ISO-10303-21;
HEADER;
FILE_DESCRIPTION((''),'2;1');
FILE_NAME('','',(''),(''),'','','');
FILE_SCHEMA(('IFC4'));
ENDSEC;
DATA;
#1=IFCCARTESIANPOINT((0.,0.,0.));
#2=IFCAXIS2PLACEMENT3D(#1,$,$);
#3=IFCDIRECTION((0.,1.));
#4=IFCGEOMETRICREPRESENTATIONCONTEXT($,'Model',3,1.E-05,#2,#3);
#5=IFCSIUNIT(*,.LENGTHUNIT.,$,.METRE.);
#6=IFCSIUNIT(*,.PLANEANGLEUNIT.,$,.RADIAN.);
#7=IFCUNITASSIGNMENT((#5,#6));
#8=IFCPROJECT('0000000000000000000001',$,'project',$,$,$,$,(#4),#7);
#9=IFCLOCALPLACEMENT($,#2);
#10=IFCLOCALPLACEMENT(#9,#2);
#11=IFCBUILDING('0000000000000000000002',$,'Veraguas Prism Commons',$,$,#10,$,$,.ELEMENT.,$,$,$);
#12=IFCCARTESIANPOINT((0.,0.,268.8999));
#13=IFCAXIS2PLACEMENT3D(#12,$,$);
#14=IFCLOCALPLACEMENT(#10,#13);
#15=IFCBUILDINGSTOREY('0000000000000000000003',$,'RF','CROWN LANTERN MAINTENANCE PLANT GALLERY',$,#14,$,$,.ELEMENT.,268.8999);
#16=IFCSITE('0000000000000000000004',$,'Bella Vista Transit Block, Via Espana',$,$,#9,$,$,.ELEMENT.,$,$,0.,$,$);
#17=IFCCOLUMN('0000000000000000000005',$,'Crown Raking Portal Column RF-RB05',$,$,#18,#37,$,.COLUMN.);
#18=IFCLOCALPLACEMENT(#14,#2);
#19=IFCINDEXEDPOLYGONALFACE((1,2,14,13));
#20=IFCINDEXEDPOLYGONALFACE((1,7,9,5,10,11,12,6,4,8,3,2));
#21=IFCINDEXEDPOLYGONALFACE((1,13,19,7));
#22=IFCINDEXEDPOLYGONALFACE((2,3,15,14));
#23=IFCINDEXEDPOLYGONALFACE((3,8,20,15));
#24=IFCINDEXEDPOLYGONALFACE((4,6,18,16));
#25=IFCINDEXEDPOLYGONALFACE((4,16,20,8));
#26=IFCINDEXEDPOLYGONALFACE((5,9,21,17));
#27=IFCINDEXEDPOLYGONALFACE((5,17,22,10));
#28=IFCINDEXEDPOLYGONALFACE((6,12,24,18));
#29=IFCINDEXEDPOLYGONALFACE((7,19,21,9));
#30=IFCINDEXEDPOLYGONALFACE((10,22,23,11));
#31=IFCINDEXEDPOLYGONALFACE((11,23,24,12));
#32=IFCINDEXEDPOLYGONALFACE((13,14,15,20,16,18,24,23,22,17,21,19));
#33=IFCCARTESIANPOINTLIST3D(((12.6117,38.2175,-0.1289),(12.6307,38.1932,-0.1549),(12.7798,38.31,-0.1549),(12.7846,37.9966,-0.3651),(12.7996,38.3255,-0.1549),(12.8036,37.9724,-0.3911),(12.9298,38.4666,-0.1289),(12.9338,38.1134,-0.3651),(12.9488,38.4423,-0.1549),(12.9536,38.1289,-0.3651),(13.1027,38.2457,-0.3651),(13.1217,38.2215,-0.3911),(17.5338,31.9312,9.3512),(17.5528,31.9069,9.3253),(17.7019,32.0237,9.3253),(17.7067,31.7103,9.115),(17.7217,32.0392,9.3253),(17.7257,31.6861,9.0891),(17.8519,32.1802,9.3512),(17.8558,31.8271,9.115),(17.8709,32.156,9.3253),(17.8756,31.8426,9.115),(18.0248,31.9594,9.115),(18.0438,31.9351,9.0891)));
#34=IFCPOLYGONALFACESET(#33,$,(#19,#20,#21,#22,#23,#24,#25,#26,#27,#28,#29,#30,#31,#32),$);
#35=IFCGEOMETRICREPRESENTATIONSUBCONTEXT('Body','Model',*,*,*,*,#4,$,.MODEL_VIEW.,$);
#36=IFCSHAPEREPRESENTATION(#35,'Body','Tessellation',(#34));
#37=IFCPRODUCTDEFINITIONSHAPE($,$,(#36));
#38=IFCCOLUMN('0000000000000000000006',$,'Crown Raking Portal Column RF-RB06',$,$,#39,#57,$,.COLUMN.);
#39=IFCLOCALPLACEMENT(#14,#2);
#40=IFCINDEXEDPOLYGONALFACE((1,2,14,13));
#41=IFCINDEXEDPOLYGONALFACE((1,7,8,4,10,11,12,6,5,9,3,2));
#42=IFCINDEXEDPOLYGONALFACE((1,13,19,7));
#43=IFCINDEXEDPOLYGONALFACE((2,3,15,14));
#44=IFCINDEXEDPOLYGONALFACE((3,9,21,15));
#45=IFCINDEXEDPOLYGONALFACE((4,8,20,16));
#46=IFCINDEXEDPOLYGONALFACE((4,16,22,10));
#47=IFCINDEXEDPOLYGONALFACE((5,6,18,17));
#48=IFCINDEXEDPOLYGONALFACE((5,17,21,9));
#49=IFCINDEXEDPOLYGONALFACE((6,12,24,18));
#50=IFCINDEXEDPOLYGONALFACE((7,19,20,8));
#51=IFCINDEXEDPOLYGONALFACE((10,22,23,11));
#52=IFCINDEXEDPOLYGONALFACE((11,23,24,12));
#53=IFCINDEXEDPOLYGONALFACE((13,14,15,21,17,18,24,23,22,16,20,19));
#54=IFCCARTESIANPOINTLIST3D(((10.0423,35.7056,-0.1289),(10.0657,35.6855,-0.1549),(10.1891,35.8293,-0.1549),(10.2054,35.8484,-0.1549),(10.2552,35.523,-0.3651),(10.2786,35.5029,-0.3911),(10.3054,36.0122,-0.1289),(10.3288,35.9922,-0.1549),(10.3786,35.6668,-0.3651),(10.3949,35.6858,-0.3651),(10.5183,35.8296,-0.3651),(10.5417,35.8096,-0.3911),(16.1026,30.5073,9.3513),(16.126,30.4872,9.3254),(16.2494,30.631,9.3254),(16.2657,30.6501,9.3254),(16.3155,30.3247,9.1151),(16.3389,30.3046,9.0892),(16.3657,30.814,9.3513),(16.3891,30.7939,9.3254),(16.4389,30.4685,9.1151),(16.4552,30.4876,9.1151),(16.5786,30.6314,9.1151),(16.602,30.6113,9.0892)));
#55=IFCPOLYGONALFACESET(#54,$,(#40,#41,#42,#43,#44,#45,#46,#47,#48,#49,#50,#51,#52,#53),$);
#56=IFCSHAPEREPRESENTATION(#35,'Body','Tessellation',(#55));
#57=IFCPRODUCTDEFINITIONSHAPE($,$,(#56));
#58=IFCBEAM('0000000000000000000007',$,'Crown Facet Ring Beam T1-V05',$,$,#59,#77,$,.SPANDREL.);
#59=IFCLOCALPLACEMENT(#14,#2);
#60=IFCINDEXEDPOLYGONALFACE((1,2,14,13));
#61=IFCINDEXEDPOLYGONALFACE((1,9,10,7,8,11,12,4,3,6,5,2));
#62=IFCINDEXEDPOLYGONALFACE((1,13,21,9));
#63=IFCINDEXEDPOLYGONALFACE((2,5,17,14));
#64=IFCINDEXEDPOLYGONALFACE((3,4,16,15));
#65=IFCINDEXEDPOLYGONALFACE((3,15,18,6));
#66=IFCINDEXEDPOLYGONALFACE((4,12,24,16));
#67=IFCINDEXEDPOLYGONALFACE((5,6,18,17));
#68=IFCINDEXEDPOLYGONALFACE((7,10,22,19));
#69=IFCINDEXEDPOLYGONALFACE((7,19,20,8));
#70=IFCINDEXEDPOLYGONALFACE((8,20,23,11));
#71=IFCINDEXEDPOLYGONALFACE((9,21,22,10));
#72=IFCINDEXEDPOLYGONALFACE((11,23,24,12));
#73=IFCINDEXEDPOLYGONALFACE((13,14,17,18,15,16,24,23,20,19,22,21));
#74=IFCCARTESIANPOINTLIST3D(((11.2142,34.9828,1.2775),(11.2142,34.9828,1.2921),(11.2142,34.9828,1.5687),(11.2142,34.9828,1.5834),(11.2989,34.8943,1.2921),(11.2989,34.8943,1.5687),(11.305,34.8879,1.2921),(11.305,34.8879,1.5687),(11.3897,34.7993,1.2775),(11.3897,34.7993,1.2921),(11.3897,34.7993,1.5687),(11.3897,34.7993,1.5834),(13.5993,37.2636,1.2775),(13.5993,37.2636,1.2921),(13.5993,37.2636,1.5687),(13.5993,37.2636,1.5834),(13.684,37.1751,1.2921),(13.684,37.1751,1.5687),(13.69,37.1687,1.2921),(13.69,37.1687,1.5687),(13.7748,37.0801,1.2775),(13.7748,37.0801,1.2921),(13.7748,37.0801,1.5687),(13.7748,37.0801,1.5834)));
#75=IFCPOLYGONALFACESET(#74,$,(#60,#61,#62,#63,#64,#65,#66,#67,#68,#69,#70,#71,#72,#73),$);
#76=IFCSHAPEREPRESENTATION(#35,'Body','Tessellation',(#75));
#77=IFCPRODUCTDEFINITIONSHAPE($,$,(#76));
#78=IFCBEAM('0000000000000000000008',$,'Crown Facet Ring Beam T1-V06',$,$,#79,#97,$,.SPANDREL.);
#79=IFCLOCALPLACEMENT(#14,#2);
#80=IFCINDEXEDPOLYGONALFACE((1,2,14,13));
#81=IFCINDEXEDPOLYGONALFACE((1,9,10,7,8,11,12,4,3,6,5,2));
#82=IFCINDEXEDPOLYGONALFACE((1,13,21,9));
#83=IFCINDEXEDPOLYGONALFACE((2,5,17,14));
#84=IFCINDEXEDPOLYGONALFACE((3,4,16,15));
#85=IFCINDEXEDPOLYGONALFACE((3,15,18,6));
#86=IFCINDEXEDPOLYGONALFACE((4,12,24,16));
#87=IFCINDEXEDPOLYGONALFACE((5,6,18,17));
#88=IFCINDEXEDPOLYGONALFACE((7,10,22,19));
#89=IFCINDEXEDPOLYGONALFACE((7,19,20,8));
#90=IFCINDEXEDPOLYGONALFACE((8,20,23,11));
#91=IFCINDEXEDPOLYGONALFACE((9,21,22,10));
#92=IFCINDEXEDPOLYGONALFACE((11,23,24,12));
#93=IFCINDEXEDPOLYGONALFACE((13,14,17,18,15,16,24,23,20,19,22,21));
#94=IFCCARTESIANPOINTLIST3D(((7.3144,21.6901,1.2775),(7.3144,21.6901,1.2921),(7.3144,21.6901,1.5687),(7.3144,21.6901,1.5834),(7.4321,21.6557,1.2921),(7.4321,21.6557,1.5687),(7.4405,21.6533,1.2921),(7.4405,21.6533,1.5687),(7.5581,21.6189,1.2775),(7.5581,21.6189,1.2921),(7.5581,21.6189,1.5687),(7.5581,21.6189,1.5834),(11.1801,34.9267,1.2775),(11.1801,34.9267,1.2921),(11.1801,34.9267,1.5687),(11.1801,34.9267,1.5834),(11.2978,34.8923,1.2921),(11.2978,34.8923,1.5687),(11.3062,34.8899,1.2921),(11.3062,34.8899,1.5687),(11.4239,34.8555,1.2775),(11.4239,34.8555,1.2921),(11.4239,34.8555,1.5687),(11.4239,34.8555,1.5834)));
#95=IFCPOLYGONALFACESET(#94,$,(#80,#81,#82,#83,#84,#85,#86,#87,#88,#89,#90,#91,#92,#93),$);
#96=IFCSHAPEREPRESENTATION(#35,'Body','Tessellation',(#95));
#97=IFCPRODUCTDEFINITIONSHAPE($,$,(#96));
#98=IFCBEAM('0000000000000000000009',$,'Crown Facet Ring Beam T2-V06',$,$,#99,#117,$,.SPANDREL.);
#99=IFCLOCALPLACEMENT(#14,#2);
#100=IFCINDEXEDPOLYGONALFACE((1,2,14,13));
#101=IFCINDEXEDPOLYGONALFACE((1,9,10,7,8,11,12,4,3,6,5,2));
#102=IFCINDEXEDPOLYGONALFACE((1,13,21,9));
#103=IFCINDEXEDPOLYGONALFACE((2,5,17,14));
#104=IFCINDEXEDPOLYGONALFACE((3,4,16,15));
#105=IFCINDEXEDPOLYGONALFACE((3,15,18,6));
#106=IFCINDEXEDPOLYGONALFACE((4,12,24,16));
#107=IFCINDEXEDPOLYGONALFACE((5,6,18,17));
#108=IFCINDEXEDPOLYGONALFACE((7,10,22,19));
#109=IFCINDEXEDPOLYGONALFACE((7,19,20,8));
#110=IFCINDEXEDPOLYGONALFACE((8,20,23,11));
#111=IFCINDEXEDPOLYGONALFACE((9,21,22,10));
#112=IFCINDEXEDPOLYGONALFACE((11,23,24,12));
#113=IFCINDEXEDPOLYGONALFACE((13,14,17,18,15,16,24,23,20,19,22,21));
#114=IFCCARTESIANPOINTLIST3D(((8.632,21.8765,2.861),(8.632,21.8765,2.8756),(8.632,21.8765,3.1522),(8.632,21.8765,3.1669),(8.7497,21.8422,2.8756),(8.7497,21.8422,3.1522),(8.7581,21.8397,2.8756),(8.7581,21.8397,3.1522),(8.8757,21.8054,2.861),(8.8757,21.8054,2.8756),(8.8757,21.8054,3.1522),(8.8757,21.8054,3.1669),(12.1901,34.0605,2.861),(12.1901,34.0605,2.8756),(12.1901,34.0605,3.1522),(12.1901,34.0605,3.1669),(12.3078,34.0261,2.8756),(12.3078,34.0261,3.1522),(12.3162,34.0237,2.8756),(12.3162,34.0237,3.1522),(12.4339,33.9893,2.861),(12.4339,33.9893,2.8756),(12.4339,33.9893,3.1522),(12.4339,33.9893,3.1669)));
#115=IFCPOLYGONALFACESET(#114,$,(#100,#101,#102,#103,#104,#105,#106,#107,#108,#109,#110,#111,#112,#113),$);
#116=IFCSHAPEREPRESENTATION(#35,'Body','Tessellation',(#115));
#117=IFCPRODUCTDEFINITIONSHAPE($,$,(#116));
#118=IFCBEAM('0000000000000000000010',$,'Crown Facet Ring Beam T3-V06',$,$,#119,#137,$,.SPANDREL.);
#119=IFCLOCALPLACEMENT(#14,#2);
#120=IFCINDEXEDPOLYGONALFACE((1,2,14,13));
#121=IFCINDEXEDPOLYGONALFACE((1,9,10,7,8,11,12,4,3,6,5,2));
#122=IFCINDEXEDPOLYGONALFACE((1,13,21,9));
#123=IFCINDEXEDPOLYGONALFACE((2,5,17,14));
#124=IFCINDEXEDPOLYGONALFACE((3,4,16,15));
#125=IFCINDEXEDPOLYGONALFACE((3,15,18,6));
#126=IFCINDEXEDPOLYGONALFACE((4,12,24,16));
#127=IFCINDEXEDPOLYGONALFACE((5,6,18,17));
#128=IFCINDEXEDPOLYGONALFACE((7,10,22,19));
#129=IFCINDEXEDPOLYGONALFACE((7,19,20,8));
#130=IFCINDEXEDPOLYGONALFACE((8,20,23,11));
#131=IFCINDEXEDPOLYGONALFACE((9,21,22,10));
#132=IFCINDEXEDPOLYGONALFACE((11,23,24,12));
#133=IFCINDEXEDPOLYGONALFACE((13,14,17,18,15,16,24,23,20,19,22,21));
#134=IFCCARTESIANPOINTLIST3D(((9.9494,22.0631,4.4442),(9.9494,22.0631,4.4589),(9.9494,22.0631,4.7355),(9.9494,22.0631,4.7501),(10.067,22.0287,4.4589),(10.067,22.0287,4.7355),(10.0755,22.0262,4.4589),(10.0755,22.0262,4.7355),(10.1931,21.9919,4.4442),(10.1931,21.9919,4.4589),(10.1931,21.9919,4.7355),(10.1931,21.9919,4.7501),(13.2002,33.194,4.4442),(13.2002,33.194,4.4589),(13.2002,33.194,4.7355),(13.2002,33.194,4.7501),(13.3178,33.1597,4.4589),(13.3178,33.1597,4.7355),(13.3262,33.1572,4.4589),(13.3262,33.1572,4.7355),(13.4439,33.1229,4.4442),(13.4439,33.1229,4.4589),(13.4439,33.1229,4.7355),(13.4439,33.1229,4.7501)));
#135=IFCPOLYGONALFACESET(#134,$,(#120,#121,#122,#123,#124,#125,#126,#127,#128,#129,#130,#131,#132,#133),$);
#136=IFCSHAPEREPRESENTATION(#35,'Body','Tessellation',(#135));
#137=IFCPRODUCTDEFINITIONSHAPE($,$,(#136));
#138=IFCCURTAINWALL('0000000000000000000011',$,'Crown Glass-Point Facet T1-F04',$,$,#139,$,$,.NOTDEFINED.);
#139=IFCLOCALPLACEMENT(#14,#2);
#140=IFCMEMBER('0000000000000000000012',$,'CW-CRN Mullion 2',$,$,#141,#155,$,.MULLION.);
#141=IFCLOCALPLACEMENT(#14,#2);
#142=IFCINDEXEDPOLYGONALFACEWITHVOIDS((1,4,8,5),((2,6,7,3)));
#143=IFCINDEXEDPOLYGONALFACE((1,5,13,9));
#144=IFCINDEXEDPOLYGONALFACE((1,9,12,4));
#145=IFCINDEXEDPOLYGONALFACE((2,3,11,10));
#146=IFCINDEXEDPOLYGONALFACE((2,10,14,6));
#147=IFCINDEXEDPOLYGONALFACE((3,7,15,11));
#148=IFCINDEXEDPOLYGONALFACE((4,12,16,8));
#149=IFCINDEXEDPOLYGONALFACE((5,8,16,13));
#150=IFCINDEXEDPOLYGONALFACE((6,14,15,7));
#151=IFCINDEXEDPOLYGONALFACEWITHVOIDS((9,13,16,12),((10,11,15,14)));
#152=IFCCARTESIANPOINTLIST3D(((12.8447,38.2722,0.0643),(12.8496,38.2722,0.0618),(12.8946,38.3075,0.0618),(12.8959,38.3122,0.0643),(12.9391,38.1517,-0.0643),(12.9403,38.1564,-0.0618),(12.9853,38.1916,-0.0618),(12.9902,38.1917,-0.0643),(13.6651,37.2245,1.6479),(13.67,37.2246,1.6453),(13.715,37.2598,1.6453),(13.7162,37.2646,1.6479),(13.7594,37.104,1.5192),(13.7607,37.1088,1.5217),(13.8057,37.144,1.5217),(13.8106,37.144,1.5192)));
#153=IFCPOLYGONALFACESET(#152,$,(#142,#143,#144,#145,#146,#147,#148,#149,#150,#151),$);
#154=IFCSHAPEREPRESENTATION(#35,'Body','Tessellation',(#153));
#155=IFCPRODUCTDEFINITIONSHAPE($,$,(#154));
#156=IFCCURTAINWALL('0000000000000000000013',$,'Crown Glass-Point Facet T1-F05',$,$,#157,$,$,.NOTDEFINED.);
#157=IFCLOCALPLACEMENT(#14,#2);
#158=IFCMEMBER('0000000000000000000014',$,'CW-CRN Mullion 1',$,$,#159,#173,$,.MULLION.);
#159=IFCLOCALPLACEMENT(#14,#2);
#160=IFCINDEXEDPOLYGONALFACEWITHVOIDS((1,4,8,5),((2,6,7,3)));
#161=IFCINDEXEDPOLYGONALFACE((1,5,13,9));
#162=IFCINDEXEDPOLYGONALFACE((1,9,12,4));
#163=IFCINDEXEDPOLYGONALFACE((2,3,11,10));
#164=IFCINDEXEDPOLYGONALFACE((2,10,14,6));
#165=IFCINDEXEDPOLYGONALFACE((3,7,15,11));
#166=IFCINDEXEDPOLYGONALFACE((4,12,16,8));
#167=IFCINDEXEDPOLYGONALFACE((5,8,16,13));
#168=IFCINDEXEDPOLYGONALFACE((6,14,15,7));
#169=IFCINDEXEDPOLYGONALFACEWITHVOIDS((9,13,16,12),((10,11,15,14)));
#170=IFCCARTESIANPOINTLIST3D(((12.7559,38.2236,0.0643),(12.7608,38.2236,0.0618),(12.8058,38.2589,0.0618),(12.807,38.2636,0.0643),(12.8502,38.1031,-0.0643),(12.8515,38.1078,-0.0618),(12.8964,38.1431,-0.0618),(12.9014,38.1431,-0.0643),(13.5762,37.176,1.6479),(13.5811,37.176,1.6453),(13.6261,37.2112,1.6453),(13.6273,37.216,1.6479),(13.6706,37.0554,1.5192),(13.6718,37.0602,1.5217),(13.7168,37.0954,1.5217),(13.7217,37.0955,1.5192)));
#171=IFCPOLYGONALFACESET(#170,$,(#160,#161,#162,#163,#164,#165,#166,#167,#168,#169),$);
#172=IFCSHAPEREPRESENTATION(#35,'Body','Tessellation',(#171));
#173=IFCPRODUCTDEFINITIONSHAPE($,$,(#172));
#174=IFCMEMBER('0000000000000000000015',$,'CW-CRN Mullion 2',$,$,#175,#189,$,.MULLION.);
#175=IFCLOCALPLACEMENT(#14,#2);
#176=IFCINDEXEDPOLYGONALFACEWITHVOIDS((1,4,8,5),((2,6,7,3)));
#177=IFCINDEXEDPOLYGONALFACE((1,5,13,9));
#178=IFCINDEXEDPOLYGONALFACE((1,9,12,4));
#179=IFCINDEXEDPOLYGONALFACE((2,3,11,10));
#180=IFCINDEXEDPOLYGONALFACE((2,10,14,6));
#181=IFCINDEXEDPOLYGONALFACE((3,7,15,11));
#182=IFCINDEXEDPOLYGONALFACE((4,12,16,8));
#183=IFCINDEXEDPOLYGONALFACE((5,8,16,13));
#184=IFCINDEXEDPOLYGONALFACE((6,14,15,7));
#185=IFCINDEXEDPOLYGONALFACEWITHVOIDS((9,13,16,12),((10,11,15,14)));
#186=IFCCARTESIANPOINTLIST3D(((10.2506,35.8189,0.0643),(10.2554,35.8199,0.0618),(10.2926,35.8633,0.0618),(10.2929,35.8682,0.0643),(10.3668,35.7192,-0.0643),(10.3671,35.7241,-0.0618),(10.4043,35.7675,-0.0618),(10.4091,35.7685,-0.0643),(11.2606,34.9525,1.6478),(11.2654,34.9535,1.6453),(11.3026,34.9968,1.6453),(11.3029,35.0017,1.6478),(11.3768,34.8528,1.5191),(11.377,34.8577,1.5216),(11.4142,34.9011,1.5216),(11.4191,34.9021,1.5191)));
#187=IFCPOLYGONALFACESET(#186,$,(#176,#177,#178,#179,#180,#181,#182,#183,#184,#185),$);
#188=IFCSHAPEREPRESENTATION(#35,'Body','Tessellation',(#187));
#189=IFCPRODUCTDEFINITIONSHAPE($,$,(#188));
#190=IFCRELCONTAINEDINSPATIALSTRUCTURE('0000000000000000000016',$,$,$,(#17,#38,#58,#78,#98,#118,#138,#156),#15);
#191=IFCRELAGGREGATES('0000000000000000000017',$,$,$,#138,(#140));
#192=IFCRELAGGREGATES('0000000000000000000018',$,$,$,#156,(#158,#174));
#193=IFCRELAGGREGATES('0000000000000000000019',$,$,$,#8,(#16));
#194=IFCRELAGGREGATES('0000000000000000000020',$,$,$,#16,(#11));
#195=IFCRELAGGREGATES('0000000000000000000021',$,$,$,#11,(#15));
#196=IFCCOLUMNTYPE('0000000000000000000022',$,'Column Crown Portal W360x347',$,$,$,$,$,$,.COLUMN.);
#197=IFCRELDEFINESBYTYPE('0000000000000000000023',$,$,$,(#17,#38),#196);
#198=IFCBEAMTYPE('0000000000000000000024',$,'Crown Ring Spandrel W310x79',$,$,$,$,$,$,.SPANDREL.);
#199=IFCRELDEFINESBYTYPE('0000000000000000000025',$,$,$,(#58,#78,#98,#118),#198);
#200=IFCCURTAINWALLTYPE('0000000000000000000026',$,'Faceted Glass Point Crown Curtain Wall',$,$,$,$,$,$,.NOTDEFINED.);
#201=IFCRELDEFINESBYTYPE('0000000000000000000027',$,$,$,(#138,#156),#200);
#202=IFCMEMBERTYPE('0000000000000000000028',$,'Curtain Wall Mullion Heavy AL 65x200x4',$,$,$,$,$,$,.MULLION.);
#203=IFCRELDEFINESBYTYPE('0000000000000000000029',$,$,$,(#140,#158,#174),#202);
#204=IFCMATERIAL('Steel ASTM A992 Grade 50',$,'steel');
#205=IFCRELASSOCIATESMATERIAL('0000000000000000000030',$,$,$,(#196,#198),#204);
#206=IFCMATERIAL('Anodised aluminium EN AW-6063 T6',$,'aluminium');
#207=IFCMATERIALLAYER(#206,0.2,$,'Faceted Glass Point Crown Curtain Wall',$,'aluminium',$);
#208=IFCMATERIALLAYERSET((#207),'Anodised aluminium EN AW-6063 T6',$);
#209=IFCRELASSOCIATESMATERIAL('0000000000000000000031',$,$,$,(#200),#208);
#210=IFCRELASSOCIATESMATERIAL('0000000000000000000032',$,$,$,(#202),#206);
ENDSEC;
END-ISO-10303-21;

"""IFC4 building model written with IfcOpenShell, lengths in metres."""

from ifc_helpers import new_model, si_unit, direction, frame, origin, origin_2d, place, context, subcontext, project, spatial, hollow_rectangle, i_section, extrude, source, transform, mapped, material, layer, layer_set, material_profile, profile_set, type_object, element, aggregate, save


model = new_model("IFC4")

# Units and contexts
model_context = context("Model", 3, precision=1e-05, world=origin(), true_north=direction((0.0, 1.0)))
body_context = subcontext(model_context, "Body", "Model", "MODEL_VIEW")
ifc_project = project(units=[si_unit("LENGTHUNIT", "METRE"), si_unit("PLANEANGLEUNIT", "RADIAN")], contexts=[model_context])

# Site, building, storey
site_placement = place(None, origin())
site = spatial("IfcSite", under=ifc_project, at=site_placement, Name="Bella Vista Transit Block, Via Espana", CompositionType="ELEMENT", RefElevation=0.0)
building_placement = place(site_placement, origin())
building = spatial("IfcBuilding", under=site, at=building_placement, Name="Veraguas Prism Commons", CompositionType="ELEMENT")
storey_placement = place(building_placement, frame((0.0, 0.0, 268.8999)))
storey = spatial("IfcBuildingStorey", under=building, at=storey_placement, Name="RF", Description="CROWN LANTERN MAINTENANCE PLANT GALLERY", CompositionType="ELEMENT", Elevation=268.8999)

# Columns
ifc_material_1 = material(Name="Steel ASTM A992 Grade 50", Category="steel")
ifc_material_profile_1 = material_profile(ifc_material_1, i_section(OverallWidth=0.4041, OverallDepth=0.407, WebThickness=0.0251, FlangeThickness=0.0403, at=origin_2d()), Name="W360X347")
ifc_profile_set_1 = profile_set([ifc_material_profile_1], Name="Steel ASTM A992 Grade 50")
column_type = type_object("IfcColumnType", Name="Column Crown Portal W360x347", PredefinedType="COLUMN", material=ifc_profile_set_1)
column_1_placement = place(storey_placement, frame((12.8667, 38.2195, -0.26), z_axis=(0.397125, -0.507196, 0.764881), x_axis=(0.787362, 0.61649, 0.0)))
element("IfcColumn", 1, at=column_1_placement, inside=storey, type_object=column_type, Name="Crown Raking Portal Column RF-RB05", PredefinedType="COLUMN", context=body_context, shape_type="SweptSolid", body=[
    extrude(i_section(OverallWidth=0.4041, OverallDepth=0.407, WebThickness=0.0251, FlangeThickness=0.0403, at=origin_2d()), origin(), (0.0, 0.0, 1.0), 12.3943),
])
column_2_placement = place(storey_placement, frame((10.292, 35.7576, -0.26), z_axis=(0.488951, -0.419399, 0.764873), x_axis=(0.651058, 0.759028, 0.0)))
element("IfcColumn", 2, at=column_2_placement, inside=storey, type_object=column_type, Name="Crown Raking Portal Column RF-RB06", PredefinedType="COLUMN", context=body_context, shape_type="SweptSolid", body=[
    extrude(i_section(OverallWidth=0.4041, OverallDepth=0.407, WebThickness=0.0251, FlangeThickness=0.0403, at=origin_2d()), origin(), (0.0, 0.0, 1.0), 12.3945),
])

# Beams
ifc_material_profile_2 = material_profile(ifc_material_1, i_section(OverallWidth=0.2539, OverallDepth=0.3059, WebThickness=0.0088, FlangeThickness=0.0146, at=origin_2d()), Name="W310X79")
ifc_profile_set_2 = profile_set([ifc_material_profile_2], Name="Steel ASTM A992 Grade 50")
beam_type = type_object("IfcBeamType", Name="Crown Ring Spandrel W310x79", PredefinedType="SPANDREL", material=ifc_profile_set_2)
beam_1_placement = place(storey_placement, frame((13.687, 37.1719, 1.4304), z_axis=(-0.722725, -0.691135, 0.0), x_axis=(0.691135, -0.722725, 0.0)))
element("IfcBeam", 3, at=beam_1_placement, inside=storey, type_object=beam_type, Name="Crown Facet Ring Beam T1-V05", PredefinedType="SPANDREL", context=body_context, shape_type="SweptSolid", body=[
    extrude(i_section(OverallWidth=0.2539, OverallDepth=0.3059, WebThickness=0.0088, FlangeThickness=0.0146, at=origin_2d()), origin(), (0.0, 0.0, 1.0), 3.3),
])
beam_2_placement = place(storey_placement, frame((11.302, 34.8911, 1.4304), z_axis=(-0.280338, -0.959901, 0.0), x_axis=(0.959901, -0.280338, 0.0)))
element("IfcBeam", 4, at=beam_2_placement, inside=storey, type_object=beam_type, Name="Crown Facet Ring Beam T1-V06", PredefinedType="SPANDREL", context=body_context, shape_type="SweptSolid", body=[
    extrude(i_section(OverallWidth=0.2539, OverallDepth=0.3059, WebThickness=0.0088, FlangeThickness=0.0146, at=origin_2d()), origin(), (0.0, 0.0, 1.0), 13.7896),
])
beam_3_placement = place(storey_placement, frame((12.312, 34.0249, 3.0139), z_axis=(-0.280326, -0.959905, 0.0), x_axis=(0.959905, -0.280326, 0.0)))
element("IfcBeam", 5, at=beam_3_placement, inside=storey, type_object=beam_type, Name="Crown Facet Ring Beam T2-V06", PredefinedType="SPANDREL", context=body_context, shape_type="SweptSolid", body=[
    extrude(i_section(OverallWidth=0.2539, OverallDepth=0.3059, WebThickness=0.0088, FlangeThickness=0.0146, at=origin_2d()), origin(), (0.0, 0.0, 1.0), 12.6929),
])
beam_4_placement = place(storey_placement, frame((13.322, 33.1584, 4.5972), z_axis=(-0.280336, -0.959902, 0.0), x_axis=(0.959902, -0.280336, 0.0)))
element("IfcBeam", 6, at=beam_4_placement, inside=storey, type_object=beam_type, Name="Crown Facet Ring Beam T3-V06", PredefinedType="SPANDREL", context=body_context, shape_type="SweptSolid", body=[
    extrude(i_section(OverallWidth=0.2539, OverallDepth=0.3059, WebThickness=0.0088, FlangeThickness=0.0146, at=origin_2d()), origin(), (0.0, 0.0, 1.0), 11.5959),
])

# Curtain wall, member
ifc_material_2 = material(Name="Anodised aluminium EN AW-6063 T6", Category="aluminium")
ifc_layer_1 = layer(ifc_material_2, 0.2, Name="Faceted Glass Point Crown Curtain Wall", Category="aluminium")
ifc_layer_set_1 = layer_set([ifc_layer_1], Name="Anodised aluminium EN AW-6063 T6")
curtain_wall_type = type_object("IfcCurtainWallType", Name="Faceted Glass Point Crown Curtain Wall", PredefinedType="NOTDEFINED", material=ifc_layer_set_1)
curtain_wall_1_placement = place(storey_placement, origin())
curtain_wall_1 = element("IfcCurtainWall", 7, at=curtain_wall_1_placement, inside=storey, type_object=curtain_wall_type, Name="Crown Glass-Point Facet T1-F04", PredefinedType="NOTDEFINED")
ifc_material_profile_3 = material_profile(ifc_material_2, hollow_rectangle(XDim=0.0649, YDim=0.2, WallThickness=0.0039, at=origin_2d()), Name="AL65X200X4")
ifc_profile_set_3 = profile_set([ifc_material_profile_3], Name="Anodised aluminium EN AW-6063 T6")
member_type_1 = type_object("IfcMemberType", Name="Curtain Wall Mullion Heavy AL 65x200x4", PredefinedType="MULLION", material=ifc_profile_set_3)
shared_shape_1 = source(origin(), body_context, "Body", "SweptSolid", [
    extrude(hollow_rectangle(XDim=0.0649, YDim=0.2, WallThickness=0.0039, at=origin_2d()), origin(), (0.0, 0.0, 1.0), 2.0684),
])
member_1_placement = place(storey_placement, frame((12.9175, 38.2319, 0.0), z_axis=(0.396612, -0.506507, 0.765604), x_axis=(0.787342, 0.616516, 0.0)))
member_1 = element("IfcMember", 8, at=member_1_placement, type_object=member_type_1, Name="CW-CRN Mullion 2", PredefinedType="MULLION", context=body_context, shape_type="MappedRepresentation", body=[
    mapped(shared_shape_1, transform((0.0, 0.0, 0.0), scale=1.0)),
])
aggregate(curtain_wall_1, [member_1])

# Curtain wall, members
curtain_wall_2_placement = place(storey_placement, origin())
curtain_wall_2 = element("IfcCurtainWall", 9, at=curtain_wall_2_placement, inside=storey, type_object=curtain_wall_type, Name="Crown Glass-Point Facet T1-F05", PredefinedType="NOTDEFINED")
member_2_placement = place(storey_placement, frame((12.8286, 38.1833, 0.0), z_axis=(0.396612, -0.506507, 0.765604), x_axis=(0.787342, 0.616516, 0.0)))
member_2 = element("IfcMember", 10, at=member_2_placement, type_object=member_type_1, Name="CW-CRN Mullion 1", PredefinedType="MULLION", context=body_context, shape_type="MappedRepresentation", body=[
    mapped(shared_shape_1, transform((0.0, 0.0, 0.0), scale=1.0)),
])
member_3_placement = place(storey_placement, frame((10.3298, 35.7937, 0.0), z_axis=(0.488302, -0.418899, 0.765562), x_axis=(0.651109, 0.758985, 0.0)))
member_3 = element("IfcMember", 11, at=member_3_placement, type_object=member_type_1, Name="CW-CRN Mullion 2", PredefinedType="MULLION", context=body_context, shape_type="MappedRepresentation", body=[
    mapped(shared_shape_1, transform((0.0, 0.0, 0.0), scale=1.0)),
])

aggregate(curtain_wall_2, [member_2, member_3])

save(model, "model.ifc")
